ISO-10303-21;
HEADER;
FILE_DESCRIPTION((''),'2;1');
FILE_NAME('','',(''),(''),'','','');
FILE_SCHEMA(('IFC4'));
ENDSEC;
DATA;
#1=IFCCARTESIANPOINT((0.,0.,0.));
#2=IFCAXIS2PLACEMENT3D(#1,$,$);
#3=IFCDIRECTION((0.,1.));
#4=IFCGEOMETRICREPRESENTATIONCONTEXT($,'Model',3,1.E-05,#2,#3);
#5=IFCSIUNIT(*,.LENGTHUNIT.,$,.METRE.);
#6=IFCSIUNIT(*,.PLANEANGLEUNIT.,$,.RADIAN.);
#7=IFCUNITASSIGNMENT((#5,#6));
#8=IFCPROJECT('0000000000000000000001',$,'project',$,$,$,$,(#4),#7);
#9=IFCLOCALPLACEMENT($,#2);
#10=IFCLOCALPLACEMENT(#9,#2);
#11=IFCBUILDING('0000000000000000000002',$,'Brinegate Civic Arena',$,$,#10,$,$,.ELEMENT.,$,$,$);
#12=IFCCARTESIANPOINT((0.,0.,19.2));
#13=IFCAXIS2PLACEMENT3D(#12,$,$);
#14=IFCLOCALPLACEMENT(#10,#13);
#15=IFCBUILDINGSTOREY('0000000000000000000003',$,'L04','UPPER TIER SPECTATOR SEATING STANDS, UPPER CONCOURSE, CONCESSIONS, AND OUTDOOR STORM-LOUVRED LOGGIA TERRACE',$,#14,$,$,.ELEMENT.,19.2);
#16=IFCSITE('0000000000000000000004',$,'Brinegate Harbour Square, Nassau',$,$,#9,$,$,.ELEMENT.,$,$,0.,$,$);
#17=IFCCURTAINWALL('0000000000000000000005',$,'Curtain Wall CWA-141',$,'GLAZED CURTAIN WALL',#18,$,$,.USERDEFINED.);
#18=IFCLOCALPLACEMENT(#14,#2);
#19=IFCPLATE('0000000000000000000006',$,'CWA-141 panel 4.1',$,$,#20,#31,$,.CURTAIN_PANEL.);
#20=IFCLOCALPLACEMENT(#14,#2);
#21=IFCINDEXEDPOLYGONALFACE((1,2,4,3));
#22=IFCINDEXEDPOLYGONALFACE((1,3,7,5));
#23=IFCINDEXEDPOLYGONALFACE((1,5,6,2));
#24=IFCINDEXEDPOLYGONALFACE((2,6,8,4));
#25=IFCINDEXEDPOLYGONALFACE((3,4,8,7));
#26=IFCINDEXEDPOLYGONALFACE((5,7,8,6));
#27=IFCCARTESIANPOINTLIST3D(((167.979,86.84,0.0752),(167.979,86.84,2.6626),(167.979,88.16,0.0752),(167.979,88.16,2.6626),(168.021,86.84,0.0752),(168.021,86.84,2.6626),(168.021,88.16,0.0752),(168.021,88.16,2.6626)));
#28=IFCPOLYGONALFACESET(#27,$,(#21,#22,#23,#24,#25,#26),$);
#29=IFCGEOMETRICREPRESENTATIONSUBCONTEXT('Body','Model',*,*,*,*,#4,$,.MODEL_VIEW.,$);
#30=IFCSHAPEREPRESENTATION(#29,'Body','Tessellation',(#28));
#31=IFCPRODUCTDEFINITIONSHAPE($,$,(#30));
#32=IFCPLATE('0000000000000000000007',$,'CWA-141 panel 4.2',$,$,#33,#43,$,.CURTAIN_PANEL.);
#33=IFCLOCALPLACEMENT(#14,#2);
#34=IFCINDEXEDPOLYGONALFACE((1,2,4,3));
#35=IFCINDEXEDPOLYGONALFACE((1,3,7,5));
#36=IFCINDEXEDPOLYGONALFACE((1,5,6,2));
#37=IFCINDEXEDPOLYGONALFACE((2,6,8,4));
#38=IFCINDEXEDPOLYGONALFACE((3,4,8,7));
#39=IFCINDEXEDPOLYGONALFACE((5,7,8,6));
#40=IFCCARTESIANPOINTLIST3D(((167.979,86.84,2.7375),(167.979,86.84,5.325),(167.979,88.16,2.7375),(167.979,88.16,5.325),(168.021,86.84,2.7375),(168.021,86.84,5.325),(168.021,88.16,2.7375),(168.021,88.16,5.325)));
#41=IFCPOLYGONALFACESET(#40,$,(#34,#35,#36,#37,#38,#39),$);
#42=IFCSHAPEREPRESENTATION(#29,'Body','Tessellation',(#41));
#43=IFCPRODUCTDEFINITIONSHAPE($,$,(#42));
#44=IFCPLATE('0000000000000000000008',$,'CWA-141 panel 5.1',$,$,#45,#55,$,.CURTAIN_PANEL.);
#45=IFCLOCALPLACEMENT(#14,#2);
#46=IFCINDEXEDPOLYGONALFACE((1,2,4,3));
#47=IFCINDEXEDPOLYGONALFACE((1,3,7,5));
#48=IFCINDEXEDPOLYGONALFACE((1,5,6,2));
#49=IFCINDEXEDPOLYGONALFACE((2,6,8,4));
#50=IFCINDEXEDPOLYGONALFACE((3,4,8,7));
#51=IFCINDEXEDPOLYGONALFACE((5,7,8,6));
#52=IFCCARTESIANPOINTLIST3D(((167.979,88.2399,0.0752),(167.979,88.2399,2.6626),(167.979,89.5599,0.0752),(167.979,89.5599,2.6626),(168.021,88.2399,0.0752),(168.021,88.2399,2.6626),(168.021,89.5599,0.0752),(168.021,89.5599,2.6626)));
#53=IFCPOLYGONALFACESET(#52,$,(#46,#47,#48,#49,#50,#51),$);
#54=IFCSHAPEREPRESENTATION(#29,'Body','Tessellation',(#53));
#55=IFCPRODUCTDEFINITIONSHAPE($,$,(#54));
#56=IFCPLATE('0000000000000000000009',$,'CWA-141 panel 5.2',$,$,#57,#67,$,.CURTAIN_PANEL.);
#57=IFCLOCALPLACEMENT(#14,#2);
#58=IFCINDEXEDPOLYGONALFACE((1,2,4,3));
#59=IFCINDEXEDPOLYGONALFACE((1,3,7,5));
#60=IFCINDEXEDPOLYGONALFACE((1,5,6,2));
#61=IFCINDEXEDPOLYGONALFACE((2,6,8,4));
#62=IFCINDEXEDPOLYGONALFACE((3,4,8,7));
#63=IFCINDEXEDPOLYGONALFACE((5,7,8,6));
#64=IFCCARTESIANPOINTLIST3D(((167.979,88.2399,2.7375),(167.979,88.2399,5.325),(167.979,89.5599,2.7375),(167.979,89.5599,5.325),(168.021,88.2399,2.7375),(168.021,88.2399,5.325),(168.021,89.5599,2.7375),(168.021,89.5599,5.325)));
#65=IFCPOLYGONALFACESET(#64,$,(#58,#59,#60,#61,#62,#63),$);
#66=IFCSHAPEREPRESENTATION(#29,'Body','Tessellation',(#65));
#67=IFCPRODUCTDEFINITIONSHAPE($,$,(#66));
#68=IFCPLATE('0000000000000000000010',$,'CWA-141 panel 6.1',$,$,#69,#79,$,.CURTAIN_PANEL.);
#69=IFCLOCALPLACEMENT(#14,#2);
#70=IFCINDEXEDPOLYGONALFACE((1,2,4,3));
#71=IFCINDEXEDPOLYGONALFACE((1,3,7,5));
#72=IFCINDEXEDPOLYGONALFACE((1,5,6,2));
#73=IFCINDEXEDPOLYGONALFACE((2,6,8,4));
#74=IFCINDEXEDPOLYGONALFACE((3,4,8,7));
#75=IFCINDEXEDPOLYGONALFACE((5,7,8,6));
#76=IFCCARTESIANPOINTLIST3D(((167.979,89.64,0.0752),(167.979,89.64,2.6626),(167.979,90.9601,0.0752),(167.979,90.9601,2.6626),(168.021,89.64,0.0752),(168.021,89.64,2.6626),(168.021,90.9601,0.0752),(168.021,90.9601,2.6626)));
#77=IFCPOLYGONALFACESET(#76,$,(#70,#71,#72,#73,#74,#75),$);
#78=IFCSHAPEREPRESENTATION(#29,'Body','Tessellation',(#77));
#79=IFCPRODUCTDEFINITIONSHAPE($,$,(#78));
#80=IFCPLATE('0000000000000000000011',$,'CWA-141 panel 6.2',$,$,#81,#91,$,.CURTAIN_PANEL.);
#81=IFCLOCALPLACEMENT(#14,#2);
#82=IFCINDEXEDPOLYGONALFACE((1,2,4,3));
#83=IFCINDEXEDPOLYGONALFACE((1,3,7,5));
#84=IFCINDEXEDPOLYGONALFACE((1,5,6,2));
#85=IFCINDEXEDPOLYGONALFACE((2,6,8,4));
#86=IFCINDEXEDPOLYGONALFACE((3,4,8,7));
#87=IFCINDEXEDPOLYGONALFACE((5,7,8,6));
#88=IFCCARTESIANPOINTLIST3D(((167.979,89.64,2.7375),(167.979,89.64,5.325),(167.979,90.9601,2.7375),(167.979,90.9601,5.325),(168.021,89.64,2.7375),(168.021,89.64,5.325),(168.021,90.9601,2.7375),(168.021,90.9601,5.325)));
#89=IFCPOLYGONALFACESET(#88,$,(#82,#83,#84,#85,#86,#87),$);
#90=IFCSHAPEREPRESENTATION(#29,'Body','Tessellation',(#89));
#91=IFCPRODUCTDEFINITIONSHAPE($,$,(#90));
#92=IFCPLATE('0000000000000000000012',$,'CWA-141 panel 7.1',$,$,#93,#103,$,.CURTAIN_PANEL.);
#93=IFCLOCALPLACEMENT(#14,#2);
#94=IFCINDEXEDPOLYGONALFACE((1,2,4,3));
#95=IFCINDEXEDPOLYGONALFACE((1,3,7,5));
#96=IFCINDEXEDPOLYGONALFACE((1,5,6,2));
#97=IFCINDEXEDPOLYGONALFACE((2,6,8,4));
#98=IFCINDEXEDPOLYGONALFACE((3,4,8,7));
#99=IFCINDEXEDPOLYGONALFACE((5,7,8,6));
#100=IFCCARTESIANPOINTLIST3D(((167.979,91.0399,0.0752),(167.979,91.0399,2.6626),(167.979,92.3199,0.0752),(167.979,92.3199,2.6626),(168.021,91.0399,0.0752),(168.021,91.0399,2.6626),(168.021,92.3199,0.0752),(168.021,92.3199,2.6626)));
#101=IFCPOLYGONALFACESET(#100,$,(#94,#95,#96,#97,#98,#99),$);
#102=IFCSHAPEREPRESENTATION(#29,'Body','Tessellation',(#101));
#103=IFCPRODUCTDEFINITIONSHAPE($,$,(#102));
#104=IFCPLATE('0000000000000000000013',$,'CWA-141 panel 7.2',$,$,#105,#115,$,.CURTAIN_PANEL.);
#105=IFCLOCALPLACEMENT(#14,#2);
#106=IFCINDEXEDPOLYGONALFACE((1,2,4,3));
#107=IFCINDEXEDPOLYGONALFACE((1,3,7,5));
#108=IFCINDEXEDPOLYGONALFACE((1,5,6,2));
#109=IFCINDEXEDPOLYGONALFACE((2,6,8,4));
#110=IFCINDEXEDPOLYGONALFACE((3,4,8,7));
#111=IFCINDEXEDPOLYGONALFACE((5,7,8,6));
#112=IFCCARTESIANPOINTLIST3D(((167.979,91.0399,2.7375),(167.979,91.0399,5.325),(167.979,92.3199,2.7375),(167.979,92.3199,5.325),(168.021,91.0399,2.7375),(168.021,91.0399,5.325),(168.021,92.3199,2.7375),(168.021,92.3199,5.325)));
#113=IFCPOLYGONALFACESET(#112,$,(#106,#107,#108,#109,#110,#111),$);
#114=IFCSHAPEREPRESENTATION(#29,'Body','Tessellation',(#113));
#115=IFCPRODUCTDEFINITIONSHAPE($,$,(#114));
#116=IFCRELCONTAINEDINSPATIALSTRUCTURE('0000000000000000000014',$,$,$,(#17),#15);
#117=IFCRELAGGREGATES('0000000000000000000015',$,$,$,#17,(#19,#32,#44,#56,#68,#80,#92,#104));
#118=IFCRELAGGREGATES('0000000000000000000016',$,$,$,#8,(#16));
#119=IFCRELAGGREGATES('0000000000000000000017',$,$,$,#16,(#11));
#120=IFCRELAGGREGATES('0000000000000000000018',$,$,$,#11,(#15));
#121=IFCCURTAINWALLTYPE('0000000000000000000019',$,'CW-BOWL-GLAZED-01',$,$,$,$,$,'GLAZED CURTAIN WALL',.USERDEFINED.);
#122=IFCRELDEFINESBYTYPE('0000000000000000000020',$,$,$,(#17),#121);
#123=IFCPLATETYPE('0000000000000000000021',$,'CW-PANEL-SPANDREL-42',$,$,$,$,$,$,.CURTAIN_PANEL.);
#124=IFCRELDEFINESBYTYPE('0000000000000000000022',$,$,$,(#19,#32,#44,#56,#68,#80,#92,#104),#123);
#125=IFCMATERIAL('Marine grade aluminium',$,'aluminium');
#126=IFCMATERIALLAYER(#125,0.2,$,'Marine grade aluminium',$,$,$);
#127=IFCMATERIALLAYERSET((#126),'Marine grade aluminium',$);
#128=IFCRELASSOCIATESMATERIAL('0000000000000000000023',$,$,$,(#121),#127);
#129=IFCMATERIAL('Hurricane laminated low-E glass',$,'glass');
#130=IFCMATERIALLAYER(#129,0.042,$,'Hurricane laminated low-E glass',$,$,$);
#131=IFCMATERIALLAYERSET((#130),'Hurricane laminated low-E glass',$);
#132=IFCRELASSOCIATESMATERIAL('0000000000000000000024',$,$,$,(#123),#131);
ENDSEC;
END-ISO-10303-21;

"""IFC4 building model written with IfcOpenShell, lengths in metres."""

from ifc_helpers import new_model, si_unit, direction, frame, origin, origin_2d, place, context, subcontext, project, spatial, rectangle, extrude, material, layer, layer_set, type_object, element, aggregate, save


model = new_model("IFC4")

# Units and contexts
model_context = context("Model", 3, precision=1e-05, world=origin(), true_north=direction((0.0, 1.0)))
body_context = subcontext(model_context, "Body", "Model", "MODEL_VIEW")
ifc_project = project(units=[si_unit("LENGTHUNIT", "METRE"), si_unit("PLANEANGLEUNIT", "RADIAN")], contexts=[model_context])

# Site, building, storey
site_placement = place(None, origin())
site = spatial("IfcSite", under=ifc_project, at=site_placement, Name="Brinegate Harbour Square, Nassau", CompositionType="ELEMENT", RefElevation=0.0)
building_placement = place(site_placement, origin())
building = spatial("IfcBuilding", under=site, at=building_placement, Name="Brinegate Civic Arena", CompositionType="ELEMENT")
storey_placement = place(building_placement, frame((0.0, 0.0, 19.2)))
storey = spatial("IfcBuildingStorey", under=building, at=storey_placement, Name="L04", Description="UPPER TIER SPECTATOR SEATING STANDS, UPPER CONCOURSE, CONCESSIONS, AND OUTDOOR STORM-LOUVRED LOGGIA TERRACE", CompositionType="ELEMENT", Elevation=19.2)

# Curtain wall
ifc_material_1 = material(Name="Marine grade aluminium", Category="aluminium")
ifc_layer_1 = layer(ifc_material_1, 0.2, Name="Marine grade aluminium")
ifc_layer_set_1 = layer_set([ifc_layer_1], Name="Marine grade aluminium")
curtain_wall_type = type_object("IfcCurtainWallType", Name="CW-BOWL-GLAZED-01", ElementType="GLAZED CURTAIN WALL", PredefinedType="USERDEFINED", material=ifc_layer_set_1)
curtain_wall_placement = place(storey_placement, origin())
curtain_wall = element("IfcCurtainWall", 1, at=curtain_wall_placement, inside=storey, type_object=curtain_wall_type, Name="Curtain Wall CWA-141", ObjectType="GLAZED CURTAIN WALL", PredefinedType="USERDEFINED")

# Plates
ifc_material_2 = material(Name="Hurricane laminated low-E glass", Category="glass")
ifc_layer_2 = layer(ifc_material_2, 0.042, Name="Hurricane laminated low-E glass")
ifc_layer_set_2 = layer_set([ifc_layer_2], Name="Hurricane laminated low-E glass")
plate_type = type_object("IfcPlateType", Name="CW-PANEL-SPANDREL-42", PredefinedType="CURTAIN_PANEL", material=ifc_layer_set_2)
plate_1_placement = place(storey_placement, frame((168.0, 87.5, 0.0752), z_axis=(0.0, 0.0, 1.0), x_axis=(0.0, 1.0, 0.0)))
plate_1 = element("IfcPlate", 2, at=plate_1_placement, type_object=plate_type, Name="CWA-141 panel 4.1", PredefinedType="CURTAIN_PANEL", context=body_context, shape_type="SweptSolid", body=[
    extrude(rectangle(XDim=1.3201, YDim=0.042, at=origin_2d()), origin(), (0.0, 0.0, 1.0), 2.5874),
])
plate_2_placement = place(storey_placement, frame((168.0, 87.5, 2.7375), z_axis=(0.0, 0.0, 1.0), x_axis=(0.0, 1.0, 0.0)))
plate_2 = element("IfcPlate", 3, at=plate_2_placement, type_object=plate_type, Name="CWA-141 panel 4.2", PredefinedType="CURTAIN_PANEL", context=body_context, shape_type="SweptSolid", body=[
    extrude(rectangle(XDim=1.3201, YDim=0.042, at=origin_2d()), origin(), (0.0, 0.0, 1.0), 2.5874),
])
plate_3_placement = place(storey_placement, frame((168.0, 88.8999, 0.0752), z_axis=(0.0, 0.0, 1.0), x_axis=(0.0, 1.0, 0.0)))
plate_3 = element("IfcPlate", 4, at=plate_3_placement, type_object=plate_type, Name="CWA-141 panel 5.1", PredefinedType="CURTAIN_PANEL", context=body_context, shape_type="SweptSolid", body=[
    extrude(rectangle(XDim=1.3201, YDim=0.042, at=origin_2d()), origin(), (0.0, 0.0, 1.0), 2.5874),
])
plate_4_placement = place(storey_placement, frame((168.0, 88.8999, 2.7375), z_axis=(0.0, 0.0, 1.0), x_axis=(0.0, 1.0, 0.0)))
plate_4 = element("IfcPlate", 5, at=plate_4_placement, type_object=plate_type, Name="CWA-141 panel 5.2", PredefinedType="CURTAIN_PANEL", context=body_context, shape_type="SweptSolid", body=[
    extrude(rectangle(XDim=1.3201, YDim=0.042, at=origin_2d()), origin(), (0.0, 0.0, 1.0), 2.5874),
])
plate_5_placement = place(storey_placement, frame((168.0, 90.3, 0.0752), z_axis=(0.0, 0.0, 1.0), x_axis=(0.0, 1.0, 0.0)))
plate_5 = element("IfcPlate", 6, at=plate_5_placement, type_object=plate_type, Name="CWA-141 panel 6.1", PredefinedType="CURTAIN_PANEL", context=body_context, shape_type="SweptSolid", body=[
    extrude(rectangle(XDim=1.3201, YDim=0.042, at=origin_2d()), origin(), (0.0, 0.0, 1.0), 2.5874),
])
plate_6_placement = place(storey_placement, frame((168.0, 90.3, 2.7375), z_axis=(0.0, 0.0, 1.0), x_axis=(0.0, 1.0, 0.0)))
plate_6 = element("IfcPlate", 7, at=plate_6_placement, type_object=plate_type, Name="CWA-141 panel 6.2", PredefinedType="CURTAIN_PANEL", context=body_context, shape_type="SweptSolid", body=[
    extrude(rectangle(XDim=1.3201, YDim=0.042, at=origin_2d()), origin(), (0.0, 0.0, 1.0), 2.5874),
])
plate_7_placement = place(storey_placement, frame((168.0, 91.6799, 0.0752), z_axis=(0.0, 0.0, 1.0), x_axis=(0.0, 1.0, 0.0)))
plate_7 = element("IfcPlate", 8, at=plate_7_placement, type_object=plate_type, Name="CWA-141 panel 7.1", PredefinedType="CURTAIN_PANEL", context=body_context, shape_type="SweptSolid", body=[
    extrude(rectangle(XDim=1.28, YDim=0.042, at=origin_2d()), origin(), (0.0, 0.0, 1.0), 2.5874),
])
plate_8_placement = place(storey_placement, frame((168.0, 91.6799, 2.7375), z_axis=(0.0, 0.0, 1.0), x_axis=(0.0, 1.0, 0.0)))
plate_8 = element("IfcPlate", 9, at=plate_8_placement, type_object=plate_type, Name="CWA-141 panel 7.2", PredefinedType="CURTAIN_PANEL", context=body_context, shape_type="SweptSolid", body=[
    extrude(rectangle(XDim=1.28, YDim=0.042, at=origin_2d()), origin(), (0.0, 0.0, 1.0), 2.5874),
])
aggregate(curtain_wall, [plate_1, plate_2, plate_3, plate_4, plate_5, plate_6, plate_7, plate_8])

save(model, "model.ifc")
